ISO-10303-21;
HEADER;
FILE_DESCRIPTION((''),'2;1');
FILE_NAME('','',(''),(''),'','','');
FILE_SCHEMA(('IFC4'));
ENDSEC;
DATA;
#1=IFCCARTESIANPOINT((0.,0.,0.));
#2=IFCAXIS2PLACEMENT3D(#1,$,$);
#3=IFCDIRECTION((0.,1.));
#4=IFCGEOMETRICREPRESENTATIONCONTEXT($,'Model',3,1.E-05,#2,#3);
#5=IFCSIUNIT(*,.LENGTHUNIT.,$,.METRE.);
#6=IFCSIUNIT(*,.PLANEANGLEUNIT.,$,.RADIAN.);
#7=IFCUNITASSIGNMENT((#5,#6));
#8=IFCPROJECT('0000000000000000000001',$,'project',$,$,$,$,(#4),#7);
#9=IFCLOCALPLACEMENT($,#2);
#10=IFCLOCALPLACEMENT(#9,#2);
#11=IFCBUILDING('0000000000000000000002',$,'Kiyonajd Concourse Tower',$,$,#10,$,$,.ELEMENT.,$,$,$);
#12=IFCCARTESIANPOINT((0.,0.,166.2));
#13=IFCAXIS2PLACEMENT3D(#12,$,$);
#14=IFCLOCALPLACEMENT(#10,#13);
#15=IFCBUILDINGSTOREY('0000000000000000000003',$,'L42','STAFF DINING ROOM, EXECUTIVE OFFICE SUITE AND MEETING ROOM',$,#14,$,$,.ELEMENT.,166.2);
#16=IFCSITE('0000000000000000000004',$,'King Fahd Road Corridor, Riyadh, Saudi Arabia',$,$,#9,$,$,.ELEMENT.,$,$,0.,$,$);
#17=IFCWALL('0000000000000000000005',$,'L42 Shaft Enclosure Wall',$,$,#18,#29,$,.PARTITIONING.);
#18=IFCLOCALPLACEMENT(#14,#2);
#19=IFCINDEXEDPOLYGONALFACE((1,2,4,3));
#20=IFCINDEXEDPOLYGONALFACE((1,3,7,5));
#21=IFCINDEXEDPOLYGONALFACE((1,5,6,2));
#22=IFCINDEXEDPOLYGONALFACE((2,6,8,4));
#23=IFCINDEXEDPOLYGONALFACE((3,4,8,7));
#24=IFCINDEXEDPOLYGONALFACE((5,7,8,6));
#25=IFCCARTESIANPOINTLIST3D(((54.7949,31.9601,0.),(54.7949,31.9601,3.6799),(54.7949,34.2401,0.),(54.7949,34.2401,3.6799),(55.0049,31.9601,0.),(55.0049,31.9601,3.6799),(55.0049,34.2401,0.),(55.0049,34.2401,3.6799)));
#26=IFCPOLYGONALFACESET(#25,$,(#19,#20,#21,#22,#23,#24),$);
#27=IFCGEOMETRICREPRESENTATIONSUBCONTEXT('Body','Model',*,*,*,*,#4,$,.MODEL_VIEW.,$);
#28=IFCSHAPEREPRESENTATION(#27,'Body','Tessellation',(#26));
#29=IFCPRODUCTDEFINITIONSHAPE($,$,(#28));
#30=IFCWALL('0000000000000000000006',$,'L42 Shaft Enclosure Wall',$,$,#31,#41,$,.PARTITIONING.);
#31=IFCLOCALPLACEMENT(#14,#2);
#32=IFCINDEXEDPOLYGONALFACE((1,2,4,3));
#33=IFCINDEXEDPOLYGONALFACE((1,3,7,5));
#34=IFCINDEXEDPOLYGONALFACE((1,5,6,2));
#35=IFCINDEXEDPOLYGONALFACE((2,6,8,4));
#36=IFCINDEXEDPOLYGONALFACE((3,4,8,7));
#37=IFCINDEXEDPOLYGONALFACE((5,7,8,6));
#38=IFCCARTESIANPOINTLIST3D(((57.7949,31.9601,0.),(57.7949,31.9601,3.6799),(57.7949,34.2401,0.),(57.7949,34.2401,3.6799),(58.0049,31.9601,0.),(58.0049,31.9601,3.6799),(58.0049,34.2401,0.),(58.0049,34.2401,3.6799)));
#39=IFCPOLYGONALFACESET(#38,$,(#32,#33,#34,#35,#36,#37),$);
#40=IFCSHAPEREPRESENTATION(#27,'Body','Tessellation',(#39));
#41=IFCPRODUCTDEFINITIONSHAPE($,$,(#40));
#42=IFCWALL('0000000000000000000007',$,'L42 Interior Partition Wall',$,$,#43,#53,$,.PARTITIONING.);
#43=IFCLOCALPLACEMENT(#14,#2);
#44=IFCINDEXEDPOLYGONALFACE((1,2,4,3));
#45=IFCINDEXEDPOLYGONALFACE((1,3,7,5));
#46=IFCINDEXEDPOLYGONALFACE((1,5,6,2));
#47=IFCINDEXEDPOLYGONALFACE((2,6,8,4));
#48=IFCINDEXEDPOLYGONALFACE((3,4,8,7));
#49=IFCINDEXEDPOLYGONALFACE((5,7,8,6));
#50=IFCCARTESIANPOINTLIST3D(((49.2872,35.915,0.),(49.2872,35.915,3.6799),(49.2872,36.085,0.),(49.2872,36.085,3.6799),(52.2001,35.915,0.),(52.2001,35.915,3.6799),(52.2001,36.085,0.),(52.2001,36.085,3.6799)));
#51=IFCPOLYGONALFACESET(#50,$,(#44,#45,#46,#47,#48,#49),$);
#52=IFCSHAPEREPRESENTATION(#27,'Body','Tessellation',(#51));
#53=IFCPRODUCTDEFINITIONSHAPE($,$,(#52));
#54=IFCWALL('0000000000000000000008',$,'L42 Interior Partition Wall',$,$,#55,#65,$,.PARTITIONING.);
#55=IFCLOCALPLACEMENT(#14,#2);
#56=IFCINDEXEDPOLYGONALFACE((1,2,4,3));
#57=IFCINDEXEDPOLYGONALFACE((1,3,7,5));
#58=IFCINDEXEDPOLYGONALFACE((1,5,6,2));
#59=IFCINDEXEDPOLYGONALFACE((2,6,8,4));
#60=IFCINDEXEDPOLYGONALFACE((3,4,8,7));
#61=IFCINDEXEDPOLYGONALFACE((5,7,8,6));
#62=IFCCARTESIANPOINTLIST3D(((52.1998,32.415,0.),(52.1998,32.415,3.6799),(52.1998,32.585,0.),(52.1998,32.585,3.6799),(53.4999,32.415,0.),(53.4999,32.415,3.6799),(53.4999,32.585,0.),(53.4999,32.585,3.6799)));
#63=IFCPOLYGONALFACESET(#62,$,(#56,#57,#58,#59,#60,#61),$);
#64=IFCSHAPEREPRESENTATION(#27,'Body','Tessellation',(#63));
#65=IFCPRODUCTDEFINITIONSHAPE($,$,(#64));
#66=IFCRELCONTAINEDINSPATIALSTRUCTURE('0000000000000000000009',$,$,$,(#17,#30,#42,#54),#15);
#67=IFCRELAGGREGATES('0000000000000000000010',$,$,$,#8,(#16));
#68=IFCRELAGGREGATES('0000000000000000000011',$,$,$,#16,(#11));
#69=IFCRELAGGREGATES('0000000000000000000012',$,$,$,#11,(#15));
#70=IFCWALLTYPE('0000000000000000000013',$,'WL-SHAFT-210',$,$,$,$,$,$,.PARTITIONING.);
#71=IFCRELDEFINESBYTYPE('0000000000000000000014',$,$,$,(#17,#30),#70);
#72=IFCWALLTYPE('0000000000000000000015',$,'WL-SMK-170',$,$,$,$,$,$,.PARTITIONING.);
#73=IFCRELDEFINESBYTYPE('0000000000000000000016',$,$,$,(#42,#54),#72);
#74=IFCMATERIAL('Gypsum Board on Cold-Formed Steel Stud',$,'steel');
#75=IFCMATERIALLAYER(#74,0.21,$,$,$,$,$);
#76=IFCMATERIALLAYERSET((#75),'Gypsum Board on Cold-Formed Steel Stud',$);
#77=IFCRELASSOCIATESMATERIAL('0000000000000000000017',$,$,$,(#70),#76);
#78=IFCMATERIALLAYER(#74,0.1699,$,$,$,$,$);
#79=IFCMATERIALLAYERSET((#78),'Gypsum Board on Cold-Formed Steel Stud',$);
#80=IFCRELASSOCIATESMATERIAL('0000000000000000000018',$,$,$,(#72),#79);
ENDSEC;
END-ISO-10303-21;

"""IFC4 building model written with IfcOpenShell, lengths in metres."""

from ifc_helpers import new_model, si_unit, direction, frame, frame_2d, origin, place, context, subcontext, project, spatial, rectangle, extrude, material, layer, layer_set, type_object, element, save


model = new_model("IFC4")

# Units and contexts
model_context = context("Model", 3, precision=1e-05, world=origin(), true_north=direction((0.0, 1.0)))
body_context = subcontext(model_context, "Body", "Model", "MODEL_VIEW")
ifc_project = project(units=[si_unit("LENGTHUNIT", "METRE"), si_unit("PLANEANGLEUNIT", "RADIAN")], contexts=[model_context])

# Site, building, storey
site_placement = place(None, origin())
site = spatial("IfcSite", under=ifc_project, at=site_placement, Name="King Fahd Road Corridor, Riyadh, Saudi Arabia", CompositionType="ELEMENT", RefElevation=0.0)
building_placement = place(site_placement, origin())
building = spatial("IfcBuilding", under=site, at=building_placement, Name="Kiyonajd Concourse Tower", CompositionType="ELEMENT")
storey_placement = place(building_placement, frame((0.0, 0.0, 166.2)))
storey = spatial("IfcBuildingStorey", under=building, at=storey_placement, Name="L42", Description="STAFF DINING ROOM, EXECUTIVE OFFICE SUITE AND MEETING ROOM", CompositionType="ELEMENT", Elevation=166.2)

# Shared definitions
ifc_material_1 = material(Name="Gypsum Board on Cold-Formed Steel Stud", Category="steel")

# Shared definitions
ifc_layer_1 = layer(ifc_material_1, 0.21)
ifc_layer_set_1 = layer_set([ifc_layer_1], Name="Gypsum Board on Cold-Formed Steel Stud")
wall_type_1 = type_object("IfcWallType", Name="WL-SHAFT-210", PredefinedType="PARTITIONING", material=ifc_layer_set_1)

# Walls
for number, where, z_axis, x_axis, name in (
    (1, (54.8999, 31.96, 0.0), (0.0, 0.0, 1.0), (0.0, 1.0, 0.0), "L42 Shaft Enclosure Wall"),
    (2, (57.8999, 31.96, 0.0), (0.0, 0.0, 1.0), (0.0, 1.0, 0.0), "L42 Shaft Enclosure Wall"),
):
    element("IfcWall", number, at=place(storey_placement, frame(where, z_axis=z_axis, x_axis=x_axis)), inside=storey, type_object=wall_type_1, Name=name, PredefinedType="PARTITIONING", context=body_context, shape_type="SweptSolid", body=[
        extrude(rectangle(XDim=2.28, YDim=0.21, at=frame_2d((1.1401, 0.0))), origin(), (0.0, 0.0, 1.0), 3.6799),
    ])
ifc_layer_2 = layer(ifc_material_1, 0.1699)
ifc_layer_set_2 = layer_set([ifc_layer_2], Name="Gypsum Board on Cold-Formed Steel Stud")
wall_type_2 = type_object("IfcWallType", Name="WL-SMK-170", PredefinedType="PARTITIONING", material=ifc_layer_set_2)
wall_1_placement = place(storey_placement, frame((49.2871, 36.0, 0.0), z_axis=(0.0, 0.0, 1.0), x_axis=(1.0, 0.0, 0.0)))
element("IfcWall", 3, at=wall_1_placement, inside=storey, type_object=wall_type_2, Name="L42 Interior Partition Wall", PredefinedType="PARTITIONING", context=body_context, shape_type="SweptSolid", body=[
    extrude(rectangle(XDim=2.9128, YDim=0.1699, at=frame_2d((1.4565, 0.0))), origin(), (0.0, 0.0, 1.0), 3.6799),
])
wall_2_placement = place(storey_placement, frame((52.2, 32.5, 0.0), z_axis=(0.0, 0.0, 1.0), x_axis=(1.0, 0.0, 0.0)))
element("IfcWall", 4, at=wall_2_placement, inside=storey, type_object=wall_type_2, Name="L42 Interior Partition Wall", PredefinedType="PARTITIONING", context=body_context, shape_type="SweptSolid", body=[
    extrude(rectangle(XDim=1.3, YDim=0.1699, at=frame_2d((0.6499, 0.0))), origin(), (0.0, 0.0, 1.0), 3.6799),
])

save(model, "model.ifc")
